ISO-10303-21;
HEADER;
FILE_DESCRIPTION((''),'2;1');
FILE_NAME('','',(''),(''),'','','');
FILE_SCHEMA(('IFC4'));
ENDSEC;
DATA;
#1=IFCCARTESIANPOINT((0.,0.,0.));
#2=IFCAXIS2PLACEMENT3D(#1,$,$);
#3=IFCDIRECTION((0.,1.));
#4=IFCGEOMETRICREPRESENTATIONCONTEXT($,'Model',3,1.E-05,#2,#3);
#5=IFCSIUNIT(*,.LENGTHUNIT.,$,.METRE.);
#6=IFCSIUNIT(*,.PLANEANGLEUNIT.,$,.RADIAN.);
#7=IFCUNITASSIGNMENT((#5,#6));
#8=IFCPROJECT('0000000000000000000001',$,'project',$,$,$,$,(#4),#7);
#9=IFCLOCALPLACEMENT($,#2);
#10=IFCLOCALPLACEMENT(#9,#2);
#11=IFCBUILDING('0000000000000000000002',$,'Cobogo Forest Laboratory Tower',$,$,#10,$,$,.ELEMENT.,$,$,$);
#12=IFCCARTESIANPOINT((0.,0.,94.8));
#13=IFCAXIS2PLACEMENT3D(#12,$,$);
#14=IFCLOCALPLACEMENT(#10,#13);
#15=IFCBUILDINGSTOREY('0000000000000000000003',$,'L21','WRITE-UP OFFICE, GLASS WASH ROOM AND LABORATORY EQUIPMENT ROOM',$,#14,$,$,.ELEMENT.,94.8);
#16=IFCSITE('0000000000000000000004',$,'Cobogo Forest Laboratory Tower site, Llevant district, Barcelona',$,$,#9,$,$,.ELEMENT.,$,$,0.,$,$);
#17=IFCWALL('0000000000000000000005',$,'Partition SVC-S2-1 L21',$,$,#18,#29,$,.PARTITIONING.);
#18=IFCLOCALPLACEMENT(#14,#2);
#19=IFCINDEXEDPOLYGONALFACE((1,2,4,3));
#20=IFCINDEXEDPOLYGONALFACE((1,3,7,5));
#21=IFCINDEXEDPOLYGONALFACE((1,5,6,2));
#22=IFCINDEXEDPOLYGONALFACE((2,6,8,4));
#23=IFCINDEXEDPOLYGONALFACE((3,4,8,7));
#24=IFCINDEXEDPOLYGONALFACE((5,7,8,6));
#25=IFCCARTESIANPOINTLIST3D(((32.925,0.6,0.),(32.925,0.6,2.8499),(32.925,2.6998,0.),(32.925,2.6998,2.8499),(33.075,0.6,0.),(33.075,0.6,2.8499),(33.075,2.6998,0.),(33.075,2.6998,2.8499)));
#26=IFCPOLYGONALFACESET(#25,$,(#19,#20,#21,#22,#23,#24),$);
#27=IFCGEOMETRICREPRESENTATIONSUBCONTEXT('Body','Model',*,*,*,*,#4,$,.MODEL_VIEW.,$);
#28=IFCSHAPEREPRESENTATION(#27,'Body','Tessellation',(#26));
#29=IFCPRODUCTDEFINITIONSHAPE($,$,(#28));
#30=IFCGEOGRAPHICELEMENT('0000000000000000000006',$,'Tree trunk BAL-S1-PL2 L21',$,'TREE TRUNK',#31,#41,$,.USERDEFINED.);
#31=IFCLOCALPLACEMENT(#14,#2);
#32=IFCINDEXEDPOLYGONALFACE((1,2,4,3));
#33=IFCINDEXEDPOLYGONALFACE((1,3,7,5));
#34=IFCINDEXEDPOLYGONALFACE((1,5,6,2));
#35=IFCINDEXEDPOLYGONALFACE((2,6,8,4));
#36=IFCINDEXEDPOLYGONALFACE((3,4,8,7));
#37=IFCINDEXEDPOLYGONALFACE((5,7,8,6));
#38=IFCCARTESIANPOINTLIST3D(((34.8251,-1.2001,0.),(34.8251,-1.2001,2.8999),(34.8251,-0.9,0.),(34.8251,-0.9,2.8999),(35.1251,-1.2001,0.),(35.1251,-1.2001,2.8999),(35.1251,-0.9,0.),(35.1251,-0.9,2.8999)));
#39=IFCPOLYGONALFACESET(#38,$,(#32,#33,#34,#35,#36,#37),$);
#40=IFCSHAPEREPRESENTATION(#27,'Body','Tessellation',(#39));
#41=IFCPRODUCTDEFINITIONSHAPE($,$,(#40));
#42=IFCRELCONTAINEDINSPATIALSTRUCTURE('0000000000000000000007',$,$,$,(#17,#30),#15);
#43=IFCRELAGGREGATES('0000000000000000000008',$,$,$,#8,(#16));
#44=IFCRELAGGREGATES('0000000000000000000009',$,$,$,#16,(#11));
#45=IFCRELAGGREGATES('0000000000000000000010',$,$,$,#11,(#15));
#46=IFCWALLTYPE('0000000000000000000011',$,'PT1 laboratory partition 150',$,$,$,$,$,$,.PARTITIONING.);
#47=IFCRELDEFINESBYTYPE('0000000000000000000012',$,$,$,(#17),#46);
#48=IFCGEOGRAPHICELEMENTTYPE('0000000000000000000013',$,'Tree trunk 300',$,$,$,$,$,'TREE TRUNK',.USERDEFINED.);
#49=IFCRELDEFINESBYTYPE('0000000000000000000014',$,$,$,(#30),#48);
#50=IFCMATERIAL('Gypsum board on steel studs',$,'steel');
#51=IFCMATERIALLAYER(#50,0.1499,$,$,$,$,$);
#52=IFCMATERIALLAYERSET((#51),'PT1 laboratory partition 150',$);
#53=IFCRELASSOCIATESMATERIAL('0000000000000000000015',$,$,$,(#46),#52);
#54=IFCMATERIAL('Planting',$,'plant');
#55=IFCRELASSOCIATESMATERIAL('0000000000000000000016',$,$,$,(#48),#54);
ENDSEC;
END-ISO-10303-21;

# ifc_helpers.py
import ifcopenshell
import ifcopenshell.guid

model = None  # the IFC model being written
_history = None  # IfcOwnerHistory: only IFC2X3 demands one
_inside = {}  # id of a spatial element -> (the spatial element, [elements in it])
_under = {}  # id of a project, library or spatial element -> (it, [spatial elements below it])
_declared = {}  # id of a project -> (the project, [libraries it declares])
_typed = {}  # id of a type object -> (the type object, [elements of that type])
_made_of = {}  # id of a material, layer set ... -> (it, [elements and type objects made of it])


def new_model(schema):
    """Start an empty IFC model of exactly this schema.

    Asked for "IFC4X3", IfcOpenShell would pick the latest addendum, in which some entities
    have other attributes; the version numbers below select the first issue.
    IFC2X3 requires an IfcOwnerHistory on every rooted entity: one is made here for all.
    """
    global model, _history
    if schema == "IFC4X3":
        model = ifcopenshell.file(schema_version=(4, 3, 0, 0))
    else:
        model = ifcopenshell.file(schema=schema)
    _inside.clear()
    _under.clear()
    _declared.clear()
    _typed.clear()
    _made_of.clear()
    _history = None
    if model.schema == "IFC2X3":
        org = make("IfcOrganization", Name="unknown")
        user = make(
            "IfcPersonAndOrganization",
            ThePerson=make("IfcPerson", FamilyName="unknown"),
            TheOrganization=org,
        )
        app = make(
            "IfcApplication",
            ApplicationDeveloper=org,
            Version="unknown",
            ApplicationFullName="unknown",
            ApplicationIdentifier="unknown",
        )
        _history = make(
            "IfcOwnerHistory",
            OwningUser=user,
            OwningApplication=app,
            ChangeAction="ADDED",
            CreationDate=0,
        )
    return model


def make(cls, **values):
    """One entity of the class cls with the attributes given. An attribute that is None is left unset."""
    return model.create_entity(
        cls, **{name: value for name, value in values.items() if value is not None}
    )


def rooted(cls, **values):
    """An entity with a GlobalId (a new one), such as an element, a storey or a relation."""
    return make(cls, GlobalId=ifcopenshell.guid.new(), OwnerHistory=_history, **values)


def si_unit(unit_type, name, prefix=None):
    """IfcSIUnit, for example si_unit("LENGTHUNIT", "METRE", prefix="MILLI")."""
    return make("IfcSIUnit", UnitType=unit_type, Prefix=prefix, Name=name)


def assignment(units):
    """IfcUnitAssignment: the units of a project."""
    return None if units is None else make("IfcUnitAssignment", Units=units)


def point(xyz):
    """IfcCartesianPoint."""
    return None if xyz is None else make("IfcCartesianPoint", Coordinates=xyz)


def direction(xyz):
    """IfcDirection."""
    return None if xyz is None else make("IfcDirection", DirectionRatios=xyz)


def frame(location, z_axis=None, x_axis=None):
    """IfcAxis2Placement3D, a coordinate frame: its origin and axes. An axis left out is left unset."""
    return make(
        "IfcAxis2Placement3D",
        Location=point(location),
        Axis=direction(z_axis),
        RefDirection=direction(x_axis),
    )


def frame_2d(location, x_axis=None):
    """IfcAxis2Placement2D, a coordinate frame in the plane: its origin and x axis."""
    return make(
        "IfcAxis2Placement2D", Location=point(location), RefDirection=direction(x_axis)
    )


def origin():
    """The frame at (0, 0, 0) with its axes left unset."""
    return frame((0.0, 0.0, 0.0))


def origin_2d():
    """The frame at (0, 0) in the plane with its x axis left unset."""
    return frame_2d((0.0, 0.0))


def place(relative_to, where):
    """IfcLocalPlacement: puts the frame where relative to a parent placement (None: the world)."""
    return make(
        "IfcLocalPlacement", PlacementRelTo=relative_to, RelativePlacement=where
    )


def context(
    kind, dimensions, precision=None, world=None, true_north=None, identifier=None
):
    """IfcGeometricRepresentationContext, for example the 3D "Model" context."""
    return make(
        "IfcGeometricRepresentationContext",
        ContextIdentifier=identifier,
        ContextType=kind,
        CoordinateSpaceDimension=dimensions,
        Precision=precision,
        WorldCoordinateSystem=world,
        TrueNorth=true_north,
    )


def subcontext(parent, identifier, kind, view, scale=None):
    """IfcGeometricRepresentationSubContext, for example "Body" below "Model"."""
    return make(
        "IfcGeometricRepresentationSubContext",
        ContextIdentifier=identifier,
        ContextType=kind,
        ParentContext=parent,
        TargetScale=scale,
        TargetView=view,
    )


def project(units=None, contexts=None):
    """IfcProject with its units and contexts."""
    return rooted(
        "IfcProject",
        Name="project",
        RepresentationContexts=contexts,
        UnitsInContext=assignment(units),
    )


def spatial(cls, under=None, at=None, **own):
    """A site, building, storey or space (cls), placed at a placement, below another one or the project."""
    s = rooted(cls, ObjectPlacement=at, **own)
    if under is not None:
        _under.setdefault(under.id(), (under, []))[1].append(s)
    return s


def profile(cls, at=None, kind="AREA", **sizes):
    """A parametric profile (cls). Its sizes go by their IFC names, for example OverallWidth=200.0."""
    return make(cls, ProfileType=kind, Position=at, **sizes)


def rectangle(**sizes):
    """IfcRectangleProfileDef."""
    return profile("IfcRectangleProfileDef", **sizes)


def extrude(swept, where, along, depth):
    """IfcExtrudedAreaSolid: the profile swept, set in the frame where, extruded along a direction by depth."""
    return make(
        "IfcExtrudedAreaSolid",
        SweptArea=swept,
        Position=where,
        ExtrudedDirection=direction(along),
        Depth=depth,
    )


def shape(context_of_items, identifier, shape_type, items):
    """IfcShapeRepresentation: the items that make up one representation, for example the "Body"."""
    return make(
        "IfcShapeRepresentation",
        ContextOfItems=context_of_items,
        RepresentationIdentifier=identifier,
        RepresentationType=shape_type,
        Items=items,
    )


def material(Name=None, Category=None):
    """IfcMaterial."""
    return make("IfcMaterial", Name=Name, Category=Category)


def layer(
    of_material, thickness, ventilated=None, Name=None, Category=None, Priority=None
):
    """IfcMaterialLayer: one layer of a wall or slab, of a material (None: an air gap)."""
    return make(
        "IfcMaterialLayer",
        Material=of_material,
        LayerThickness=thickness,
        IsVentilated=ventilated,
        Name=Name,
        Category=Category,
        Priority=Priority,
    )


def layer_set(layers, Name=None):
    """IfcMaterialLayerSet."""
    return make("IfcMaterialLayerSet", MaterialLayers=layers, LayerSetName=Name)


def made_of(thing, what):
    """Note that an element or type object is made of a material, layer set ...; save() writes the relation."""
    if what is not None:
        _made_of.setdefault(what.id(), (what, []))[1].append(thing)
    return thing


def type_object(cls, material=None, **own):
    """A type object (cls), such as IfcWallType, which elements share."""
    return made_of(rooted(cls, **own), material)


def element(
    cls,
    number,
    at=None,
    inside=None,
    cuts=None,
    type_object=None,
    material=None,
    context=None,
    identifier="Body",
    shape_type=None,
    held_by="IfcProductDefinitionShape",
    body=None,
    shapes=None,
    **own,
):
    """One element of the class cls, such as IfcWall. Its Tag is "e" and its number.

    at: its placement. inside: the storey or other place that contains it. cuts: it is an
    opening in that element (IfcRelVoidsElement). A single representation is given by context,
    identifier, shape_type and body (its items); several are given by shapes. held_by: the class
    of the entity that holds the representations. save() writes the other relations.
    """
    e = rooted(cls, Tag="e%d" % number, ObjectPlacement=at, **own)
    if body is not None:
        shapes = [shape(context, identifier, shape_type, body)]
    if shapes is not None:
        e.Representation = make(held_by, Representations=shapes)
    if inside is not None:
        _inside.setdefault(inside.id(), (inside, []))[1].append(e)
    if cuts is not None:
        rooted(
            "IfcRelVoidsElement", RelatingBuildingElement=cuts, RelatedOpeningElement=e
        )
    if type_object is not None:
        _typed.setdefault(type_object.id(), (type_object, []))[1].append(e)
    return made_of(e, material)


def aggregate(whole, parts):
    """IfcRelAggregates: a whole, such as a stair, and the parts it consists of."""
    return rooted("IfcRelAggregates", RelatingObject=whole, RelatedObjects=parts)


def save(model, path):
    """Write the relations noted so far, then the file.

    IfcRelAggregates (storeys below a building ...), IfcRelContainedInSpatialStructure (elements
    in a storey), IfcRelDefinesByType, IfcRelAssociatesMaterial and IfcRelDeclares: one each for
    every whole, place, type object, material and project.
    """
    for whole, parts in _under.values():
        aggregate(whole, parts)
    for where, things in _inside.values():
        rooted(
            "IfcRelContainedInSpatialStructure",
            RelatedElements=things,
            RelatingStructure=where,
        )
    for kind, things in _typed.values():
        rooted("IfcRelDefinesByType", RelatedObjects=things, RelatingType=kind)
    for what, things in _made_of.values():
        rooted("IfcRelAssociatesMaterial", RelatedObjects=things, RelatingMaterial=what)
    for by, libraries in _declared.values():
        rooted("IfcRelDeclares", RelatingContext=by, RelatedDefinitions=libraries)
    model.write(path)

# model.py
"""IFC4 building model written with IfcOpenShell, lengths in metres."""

from ifc_helpers import new_model, si_unit, direction, frame, frame_2d, origin, origin_2d, place, context, subcontext, project, spatial, rectangle, extrude, material, layer, layer_set, type_object, element, save


model = new_model("IFC4")

# Units and contexts
model_context = context("Model", 3, precision=1e-05, world=origin(), true_north=direction((0.0, 1.0)))
body_context = subcontext(model_context, "Body", "Model", "MODEL_VIEW")
ifc_project = project(units=[si_unit("LENGTHUNIT", "METRE"), si_unit("PLANEANGLEUNIT", "RADIAN")], contexts=[model_context])

# Site, building, storey
site_placement = place(None, origin())
site = spatial("IfcSite", under=ifc_project, at=site_placement, Name="Cobogo Forest Laboratory Tower site, Llevant district, Barcelona", CompositionType="ELEMENT", RefElevation=0.0)
building_placement = place(site_placement, origin())
building = spatial("IfcBuilding", under=site, at=building_placement, Name="Cobogo Forest Laboratory Tower", CompositionType="ELEMENT")
storey_placement = place(building_placement, frame((0.0, 0.0, 94.8)))
storey = spatial("IfcBuildingStorey", under=building, at=storey_placement, Name="L21", Description="WRITE-UP OFFICE, GLASS WASH ROOM AND LABORATORY EQUIPMENT ROOM", CompositionType="ELEMENT", Elevation=94.8)

# Wall
ifc_material_1 = material(Name="Gypsum board on steel studs", Category="steel")
ifc_layer_1 = layer(ifc_material_1, 0.1499)
ifc_layer_set_1 = layer_set([ifc_layer_1], Name="PT1 laboratory partition 150")
wall_type = type_object("IfcWallType", Name="PT1 laboratory partition 150", PredefinedType="PARTITIONING", material=ifc_layer_set_1)
wall_placement = place(storey_placement, frame((33.0, 0.6001, 0.0), z_axis=(0.0, 0.0, 1.0), x_axis=(0.0, 1.0, 0.0)))
element("IfcWall", 1, at=wall_placement, inside=storey, type_object=wall_type, Name="Partition SVC-S2-1 L21", PredefinedType="PARTITIONING", context=body_context, shape_type="SweptSolid", body=[
    extrude(rectangle(XDim=2.0999, YDim=0.1499, at=frame_2d((1.0498, 0.0))), origin(), (0.0, 0.0, 1.0), 2.8499),
])

# Geographic element
ifc_material_2 = material(Name="Planting", Category="plant")
geographic_element_type = type_object("IfcGeographicElementType", Name="Tree trunk 300", ElementType="TREE TRUNK", PredefinedType="USERDEFINED", material=ifc_material_2)
geographic_element_placement = place(storey_placement, frame((34.9751, -1.05, 0.0), z_axis=(0.0, 0.0, 1.0), x_axis=(1.0, 0.0, 0.0)))
element("IfcGeographicElement", 2, at=geographic_element_placement, inside=storey, type_object=geographic_element_type, Name="Tree trunk BAL-S1-PL2 L21", ObjectType="TREE TRUNK", PredefinedType="USERDEFINED", context=body_context, shape_type="SweptSolid", body=[
    extrude(rectangle(XDim=0.3, YDim=0.3, at=origin_2d()), origin(), (0.0, 0.0, 1.0), 2.8999),
])

save(model, "model.ifc")
